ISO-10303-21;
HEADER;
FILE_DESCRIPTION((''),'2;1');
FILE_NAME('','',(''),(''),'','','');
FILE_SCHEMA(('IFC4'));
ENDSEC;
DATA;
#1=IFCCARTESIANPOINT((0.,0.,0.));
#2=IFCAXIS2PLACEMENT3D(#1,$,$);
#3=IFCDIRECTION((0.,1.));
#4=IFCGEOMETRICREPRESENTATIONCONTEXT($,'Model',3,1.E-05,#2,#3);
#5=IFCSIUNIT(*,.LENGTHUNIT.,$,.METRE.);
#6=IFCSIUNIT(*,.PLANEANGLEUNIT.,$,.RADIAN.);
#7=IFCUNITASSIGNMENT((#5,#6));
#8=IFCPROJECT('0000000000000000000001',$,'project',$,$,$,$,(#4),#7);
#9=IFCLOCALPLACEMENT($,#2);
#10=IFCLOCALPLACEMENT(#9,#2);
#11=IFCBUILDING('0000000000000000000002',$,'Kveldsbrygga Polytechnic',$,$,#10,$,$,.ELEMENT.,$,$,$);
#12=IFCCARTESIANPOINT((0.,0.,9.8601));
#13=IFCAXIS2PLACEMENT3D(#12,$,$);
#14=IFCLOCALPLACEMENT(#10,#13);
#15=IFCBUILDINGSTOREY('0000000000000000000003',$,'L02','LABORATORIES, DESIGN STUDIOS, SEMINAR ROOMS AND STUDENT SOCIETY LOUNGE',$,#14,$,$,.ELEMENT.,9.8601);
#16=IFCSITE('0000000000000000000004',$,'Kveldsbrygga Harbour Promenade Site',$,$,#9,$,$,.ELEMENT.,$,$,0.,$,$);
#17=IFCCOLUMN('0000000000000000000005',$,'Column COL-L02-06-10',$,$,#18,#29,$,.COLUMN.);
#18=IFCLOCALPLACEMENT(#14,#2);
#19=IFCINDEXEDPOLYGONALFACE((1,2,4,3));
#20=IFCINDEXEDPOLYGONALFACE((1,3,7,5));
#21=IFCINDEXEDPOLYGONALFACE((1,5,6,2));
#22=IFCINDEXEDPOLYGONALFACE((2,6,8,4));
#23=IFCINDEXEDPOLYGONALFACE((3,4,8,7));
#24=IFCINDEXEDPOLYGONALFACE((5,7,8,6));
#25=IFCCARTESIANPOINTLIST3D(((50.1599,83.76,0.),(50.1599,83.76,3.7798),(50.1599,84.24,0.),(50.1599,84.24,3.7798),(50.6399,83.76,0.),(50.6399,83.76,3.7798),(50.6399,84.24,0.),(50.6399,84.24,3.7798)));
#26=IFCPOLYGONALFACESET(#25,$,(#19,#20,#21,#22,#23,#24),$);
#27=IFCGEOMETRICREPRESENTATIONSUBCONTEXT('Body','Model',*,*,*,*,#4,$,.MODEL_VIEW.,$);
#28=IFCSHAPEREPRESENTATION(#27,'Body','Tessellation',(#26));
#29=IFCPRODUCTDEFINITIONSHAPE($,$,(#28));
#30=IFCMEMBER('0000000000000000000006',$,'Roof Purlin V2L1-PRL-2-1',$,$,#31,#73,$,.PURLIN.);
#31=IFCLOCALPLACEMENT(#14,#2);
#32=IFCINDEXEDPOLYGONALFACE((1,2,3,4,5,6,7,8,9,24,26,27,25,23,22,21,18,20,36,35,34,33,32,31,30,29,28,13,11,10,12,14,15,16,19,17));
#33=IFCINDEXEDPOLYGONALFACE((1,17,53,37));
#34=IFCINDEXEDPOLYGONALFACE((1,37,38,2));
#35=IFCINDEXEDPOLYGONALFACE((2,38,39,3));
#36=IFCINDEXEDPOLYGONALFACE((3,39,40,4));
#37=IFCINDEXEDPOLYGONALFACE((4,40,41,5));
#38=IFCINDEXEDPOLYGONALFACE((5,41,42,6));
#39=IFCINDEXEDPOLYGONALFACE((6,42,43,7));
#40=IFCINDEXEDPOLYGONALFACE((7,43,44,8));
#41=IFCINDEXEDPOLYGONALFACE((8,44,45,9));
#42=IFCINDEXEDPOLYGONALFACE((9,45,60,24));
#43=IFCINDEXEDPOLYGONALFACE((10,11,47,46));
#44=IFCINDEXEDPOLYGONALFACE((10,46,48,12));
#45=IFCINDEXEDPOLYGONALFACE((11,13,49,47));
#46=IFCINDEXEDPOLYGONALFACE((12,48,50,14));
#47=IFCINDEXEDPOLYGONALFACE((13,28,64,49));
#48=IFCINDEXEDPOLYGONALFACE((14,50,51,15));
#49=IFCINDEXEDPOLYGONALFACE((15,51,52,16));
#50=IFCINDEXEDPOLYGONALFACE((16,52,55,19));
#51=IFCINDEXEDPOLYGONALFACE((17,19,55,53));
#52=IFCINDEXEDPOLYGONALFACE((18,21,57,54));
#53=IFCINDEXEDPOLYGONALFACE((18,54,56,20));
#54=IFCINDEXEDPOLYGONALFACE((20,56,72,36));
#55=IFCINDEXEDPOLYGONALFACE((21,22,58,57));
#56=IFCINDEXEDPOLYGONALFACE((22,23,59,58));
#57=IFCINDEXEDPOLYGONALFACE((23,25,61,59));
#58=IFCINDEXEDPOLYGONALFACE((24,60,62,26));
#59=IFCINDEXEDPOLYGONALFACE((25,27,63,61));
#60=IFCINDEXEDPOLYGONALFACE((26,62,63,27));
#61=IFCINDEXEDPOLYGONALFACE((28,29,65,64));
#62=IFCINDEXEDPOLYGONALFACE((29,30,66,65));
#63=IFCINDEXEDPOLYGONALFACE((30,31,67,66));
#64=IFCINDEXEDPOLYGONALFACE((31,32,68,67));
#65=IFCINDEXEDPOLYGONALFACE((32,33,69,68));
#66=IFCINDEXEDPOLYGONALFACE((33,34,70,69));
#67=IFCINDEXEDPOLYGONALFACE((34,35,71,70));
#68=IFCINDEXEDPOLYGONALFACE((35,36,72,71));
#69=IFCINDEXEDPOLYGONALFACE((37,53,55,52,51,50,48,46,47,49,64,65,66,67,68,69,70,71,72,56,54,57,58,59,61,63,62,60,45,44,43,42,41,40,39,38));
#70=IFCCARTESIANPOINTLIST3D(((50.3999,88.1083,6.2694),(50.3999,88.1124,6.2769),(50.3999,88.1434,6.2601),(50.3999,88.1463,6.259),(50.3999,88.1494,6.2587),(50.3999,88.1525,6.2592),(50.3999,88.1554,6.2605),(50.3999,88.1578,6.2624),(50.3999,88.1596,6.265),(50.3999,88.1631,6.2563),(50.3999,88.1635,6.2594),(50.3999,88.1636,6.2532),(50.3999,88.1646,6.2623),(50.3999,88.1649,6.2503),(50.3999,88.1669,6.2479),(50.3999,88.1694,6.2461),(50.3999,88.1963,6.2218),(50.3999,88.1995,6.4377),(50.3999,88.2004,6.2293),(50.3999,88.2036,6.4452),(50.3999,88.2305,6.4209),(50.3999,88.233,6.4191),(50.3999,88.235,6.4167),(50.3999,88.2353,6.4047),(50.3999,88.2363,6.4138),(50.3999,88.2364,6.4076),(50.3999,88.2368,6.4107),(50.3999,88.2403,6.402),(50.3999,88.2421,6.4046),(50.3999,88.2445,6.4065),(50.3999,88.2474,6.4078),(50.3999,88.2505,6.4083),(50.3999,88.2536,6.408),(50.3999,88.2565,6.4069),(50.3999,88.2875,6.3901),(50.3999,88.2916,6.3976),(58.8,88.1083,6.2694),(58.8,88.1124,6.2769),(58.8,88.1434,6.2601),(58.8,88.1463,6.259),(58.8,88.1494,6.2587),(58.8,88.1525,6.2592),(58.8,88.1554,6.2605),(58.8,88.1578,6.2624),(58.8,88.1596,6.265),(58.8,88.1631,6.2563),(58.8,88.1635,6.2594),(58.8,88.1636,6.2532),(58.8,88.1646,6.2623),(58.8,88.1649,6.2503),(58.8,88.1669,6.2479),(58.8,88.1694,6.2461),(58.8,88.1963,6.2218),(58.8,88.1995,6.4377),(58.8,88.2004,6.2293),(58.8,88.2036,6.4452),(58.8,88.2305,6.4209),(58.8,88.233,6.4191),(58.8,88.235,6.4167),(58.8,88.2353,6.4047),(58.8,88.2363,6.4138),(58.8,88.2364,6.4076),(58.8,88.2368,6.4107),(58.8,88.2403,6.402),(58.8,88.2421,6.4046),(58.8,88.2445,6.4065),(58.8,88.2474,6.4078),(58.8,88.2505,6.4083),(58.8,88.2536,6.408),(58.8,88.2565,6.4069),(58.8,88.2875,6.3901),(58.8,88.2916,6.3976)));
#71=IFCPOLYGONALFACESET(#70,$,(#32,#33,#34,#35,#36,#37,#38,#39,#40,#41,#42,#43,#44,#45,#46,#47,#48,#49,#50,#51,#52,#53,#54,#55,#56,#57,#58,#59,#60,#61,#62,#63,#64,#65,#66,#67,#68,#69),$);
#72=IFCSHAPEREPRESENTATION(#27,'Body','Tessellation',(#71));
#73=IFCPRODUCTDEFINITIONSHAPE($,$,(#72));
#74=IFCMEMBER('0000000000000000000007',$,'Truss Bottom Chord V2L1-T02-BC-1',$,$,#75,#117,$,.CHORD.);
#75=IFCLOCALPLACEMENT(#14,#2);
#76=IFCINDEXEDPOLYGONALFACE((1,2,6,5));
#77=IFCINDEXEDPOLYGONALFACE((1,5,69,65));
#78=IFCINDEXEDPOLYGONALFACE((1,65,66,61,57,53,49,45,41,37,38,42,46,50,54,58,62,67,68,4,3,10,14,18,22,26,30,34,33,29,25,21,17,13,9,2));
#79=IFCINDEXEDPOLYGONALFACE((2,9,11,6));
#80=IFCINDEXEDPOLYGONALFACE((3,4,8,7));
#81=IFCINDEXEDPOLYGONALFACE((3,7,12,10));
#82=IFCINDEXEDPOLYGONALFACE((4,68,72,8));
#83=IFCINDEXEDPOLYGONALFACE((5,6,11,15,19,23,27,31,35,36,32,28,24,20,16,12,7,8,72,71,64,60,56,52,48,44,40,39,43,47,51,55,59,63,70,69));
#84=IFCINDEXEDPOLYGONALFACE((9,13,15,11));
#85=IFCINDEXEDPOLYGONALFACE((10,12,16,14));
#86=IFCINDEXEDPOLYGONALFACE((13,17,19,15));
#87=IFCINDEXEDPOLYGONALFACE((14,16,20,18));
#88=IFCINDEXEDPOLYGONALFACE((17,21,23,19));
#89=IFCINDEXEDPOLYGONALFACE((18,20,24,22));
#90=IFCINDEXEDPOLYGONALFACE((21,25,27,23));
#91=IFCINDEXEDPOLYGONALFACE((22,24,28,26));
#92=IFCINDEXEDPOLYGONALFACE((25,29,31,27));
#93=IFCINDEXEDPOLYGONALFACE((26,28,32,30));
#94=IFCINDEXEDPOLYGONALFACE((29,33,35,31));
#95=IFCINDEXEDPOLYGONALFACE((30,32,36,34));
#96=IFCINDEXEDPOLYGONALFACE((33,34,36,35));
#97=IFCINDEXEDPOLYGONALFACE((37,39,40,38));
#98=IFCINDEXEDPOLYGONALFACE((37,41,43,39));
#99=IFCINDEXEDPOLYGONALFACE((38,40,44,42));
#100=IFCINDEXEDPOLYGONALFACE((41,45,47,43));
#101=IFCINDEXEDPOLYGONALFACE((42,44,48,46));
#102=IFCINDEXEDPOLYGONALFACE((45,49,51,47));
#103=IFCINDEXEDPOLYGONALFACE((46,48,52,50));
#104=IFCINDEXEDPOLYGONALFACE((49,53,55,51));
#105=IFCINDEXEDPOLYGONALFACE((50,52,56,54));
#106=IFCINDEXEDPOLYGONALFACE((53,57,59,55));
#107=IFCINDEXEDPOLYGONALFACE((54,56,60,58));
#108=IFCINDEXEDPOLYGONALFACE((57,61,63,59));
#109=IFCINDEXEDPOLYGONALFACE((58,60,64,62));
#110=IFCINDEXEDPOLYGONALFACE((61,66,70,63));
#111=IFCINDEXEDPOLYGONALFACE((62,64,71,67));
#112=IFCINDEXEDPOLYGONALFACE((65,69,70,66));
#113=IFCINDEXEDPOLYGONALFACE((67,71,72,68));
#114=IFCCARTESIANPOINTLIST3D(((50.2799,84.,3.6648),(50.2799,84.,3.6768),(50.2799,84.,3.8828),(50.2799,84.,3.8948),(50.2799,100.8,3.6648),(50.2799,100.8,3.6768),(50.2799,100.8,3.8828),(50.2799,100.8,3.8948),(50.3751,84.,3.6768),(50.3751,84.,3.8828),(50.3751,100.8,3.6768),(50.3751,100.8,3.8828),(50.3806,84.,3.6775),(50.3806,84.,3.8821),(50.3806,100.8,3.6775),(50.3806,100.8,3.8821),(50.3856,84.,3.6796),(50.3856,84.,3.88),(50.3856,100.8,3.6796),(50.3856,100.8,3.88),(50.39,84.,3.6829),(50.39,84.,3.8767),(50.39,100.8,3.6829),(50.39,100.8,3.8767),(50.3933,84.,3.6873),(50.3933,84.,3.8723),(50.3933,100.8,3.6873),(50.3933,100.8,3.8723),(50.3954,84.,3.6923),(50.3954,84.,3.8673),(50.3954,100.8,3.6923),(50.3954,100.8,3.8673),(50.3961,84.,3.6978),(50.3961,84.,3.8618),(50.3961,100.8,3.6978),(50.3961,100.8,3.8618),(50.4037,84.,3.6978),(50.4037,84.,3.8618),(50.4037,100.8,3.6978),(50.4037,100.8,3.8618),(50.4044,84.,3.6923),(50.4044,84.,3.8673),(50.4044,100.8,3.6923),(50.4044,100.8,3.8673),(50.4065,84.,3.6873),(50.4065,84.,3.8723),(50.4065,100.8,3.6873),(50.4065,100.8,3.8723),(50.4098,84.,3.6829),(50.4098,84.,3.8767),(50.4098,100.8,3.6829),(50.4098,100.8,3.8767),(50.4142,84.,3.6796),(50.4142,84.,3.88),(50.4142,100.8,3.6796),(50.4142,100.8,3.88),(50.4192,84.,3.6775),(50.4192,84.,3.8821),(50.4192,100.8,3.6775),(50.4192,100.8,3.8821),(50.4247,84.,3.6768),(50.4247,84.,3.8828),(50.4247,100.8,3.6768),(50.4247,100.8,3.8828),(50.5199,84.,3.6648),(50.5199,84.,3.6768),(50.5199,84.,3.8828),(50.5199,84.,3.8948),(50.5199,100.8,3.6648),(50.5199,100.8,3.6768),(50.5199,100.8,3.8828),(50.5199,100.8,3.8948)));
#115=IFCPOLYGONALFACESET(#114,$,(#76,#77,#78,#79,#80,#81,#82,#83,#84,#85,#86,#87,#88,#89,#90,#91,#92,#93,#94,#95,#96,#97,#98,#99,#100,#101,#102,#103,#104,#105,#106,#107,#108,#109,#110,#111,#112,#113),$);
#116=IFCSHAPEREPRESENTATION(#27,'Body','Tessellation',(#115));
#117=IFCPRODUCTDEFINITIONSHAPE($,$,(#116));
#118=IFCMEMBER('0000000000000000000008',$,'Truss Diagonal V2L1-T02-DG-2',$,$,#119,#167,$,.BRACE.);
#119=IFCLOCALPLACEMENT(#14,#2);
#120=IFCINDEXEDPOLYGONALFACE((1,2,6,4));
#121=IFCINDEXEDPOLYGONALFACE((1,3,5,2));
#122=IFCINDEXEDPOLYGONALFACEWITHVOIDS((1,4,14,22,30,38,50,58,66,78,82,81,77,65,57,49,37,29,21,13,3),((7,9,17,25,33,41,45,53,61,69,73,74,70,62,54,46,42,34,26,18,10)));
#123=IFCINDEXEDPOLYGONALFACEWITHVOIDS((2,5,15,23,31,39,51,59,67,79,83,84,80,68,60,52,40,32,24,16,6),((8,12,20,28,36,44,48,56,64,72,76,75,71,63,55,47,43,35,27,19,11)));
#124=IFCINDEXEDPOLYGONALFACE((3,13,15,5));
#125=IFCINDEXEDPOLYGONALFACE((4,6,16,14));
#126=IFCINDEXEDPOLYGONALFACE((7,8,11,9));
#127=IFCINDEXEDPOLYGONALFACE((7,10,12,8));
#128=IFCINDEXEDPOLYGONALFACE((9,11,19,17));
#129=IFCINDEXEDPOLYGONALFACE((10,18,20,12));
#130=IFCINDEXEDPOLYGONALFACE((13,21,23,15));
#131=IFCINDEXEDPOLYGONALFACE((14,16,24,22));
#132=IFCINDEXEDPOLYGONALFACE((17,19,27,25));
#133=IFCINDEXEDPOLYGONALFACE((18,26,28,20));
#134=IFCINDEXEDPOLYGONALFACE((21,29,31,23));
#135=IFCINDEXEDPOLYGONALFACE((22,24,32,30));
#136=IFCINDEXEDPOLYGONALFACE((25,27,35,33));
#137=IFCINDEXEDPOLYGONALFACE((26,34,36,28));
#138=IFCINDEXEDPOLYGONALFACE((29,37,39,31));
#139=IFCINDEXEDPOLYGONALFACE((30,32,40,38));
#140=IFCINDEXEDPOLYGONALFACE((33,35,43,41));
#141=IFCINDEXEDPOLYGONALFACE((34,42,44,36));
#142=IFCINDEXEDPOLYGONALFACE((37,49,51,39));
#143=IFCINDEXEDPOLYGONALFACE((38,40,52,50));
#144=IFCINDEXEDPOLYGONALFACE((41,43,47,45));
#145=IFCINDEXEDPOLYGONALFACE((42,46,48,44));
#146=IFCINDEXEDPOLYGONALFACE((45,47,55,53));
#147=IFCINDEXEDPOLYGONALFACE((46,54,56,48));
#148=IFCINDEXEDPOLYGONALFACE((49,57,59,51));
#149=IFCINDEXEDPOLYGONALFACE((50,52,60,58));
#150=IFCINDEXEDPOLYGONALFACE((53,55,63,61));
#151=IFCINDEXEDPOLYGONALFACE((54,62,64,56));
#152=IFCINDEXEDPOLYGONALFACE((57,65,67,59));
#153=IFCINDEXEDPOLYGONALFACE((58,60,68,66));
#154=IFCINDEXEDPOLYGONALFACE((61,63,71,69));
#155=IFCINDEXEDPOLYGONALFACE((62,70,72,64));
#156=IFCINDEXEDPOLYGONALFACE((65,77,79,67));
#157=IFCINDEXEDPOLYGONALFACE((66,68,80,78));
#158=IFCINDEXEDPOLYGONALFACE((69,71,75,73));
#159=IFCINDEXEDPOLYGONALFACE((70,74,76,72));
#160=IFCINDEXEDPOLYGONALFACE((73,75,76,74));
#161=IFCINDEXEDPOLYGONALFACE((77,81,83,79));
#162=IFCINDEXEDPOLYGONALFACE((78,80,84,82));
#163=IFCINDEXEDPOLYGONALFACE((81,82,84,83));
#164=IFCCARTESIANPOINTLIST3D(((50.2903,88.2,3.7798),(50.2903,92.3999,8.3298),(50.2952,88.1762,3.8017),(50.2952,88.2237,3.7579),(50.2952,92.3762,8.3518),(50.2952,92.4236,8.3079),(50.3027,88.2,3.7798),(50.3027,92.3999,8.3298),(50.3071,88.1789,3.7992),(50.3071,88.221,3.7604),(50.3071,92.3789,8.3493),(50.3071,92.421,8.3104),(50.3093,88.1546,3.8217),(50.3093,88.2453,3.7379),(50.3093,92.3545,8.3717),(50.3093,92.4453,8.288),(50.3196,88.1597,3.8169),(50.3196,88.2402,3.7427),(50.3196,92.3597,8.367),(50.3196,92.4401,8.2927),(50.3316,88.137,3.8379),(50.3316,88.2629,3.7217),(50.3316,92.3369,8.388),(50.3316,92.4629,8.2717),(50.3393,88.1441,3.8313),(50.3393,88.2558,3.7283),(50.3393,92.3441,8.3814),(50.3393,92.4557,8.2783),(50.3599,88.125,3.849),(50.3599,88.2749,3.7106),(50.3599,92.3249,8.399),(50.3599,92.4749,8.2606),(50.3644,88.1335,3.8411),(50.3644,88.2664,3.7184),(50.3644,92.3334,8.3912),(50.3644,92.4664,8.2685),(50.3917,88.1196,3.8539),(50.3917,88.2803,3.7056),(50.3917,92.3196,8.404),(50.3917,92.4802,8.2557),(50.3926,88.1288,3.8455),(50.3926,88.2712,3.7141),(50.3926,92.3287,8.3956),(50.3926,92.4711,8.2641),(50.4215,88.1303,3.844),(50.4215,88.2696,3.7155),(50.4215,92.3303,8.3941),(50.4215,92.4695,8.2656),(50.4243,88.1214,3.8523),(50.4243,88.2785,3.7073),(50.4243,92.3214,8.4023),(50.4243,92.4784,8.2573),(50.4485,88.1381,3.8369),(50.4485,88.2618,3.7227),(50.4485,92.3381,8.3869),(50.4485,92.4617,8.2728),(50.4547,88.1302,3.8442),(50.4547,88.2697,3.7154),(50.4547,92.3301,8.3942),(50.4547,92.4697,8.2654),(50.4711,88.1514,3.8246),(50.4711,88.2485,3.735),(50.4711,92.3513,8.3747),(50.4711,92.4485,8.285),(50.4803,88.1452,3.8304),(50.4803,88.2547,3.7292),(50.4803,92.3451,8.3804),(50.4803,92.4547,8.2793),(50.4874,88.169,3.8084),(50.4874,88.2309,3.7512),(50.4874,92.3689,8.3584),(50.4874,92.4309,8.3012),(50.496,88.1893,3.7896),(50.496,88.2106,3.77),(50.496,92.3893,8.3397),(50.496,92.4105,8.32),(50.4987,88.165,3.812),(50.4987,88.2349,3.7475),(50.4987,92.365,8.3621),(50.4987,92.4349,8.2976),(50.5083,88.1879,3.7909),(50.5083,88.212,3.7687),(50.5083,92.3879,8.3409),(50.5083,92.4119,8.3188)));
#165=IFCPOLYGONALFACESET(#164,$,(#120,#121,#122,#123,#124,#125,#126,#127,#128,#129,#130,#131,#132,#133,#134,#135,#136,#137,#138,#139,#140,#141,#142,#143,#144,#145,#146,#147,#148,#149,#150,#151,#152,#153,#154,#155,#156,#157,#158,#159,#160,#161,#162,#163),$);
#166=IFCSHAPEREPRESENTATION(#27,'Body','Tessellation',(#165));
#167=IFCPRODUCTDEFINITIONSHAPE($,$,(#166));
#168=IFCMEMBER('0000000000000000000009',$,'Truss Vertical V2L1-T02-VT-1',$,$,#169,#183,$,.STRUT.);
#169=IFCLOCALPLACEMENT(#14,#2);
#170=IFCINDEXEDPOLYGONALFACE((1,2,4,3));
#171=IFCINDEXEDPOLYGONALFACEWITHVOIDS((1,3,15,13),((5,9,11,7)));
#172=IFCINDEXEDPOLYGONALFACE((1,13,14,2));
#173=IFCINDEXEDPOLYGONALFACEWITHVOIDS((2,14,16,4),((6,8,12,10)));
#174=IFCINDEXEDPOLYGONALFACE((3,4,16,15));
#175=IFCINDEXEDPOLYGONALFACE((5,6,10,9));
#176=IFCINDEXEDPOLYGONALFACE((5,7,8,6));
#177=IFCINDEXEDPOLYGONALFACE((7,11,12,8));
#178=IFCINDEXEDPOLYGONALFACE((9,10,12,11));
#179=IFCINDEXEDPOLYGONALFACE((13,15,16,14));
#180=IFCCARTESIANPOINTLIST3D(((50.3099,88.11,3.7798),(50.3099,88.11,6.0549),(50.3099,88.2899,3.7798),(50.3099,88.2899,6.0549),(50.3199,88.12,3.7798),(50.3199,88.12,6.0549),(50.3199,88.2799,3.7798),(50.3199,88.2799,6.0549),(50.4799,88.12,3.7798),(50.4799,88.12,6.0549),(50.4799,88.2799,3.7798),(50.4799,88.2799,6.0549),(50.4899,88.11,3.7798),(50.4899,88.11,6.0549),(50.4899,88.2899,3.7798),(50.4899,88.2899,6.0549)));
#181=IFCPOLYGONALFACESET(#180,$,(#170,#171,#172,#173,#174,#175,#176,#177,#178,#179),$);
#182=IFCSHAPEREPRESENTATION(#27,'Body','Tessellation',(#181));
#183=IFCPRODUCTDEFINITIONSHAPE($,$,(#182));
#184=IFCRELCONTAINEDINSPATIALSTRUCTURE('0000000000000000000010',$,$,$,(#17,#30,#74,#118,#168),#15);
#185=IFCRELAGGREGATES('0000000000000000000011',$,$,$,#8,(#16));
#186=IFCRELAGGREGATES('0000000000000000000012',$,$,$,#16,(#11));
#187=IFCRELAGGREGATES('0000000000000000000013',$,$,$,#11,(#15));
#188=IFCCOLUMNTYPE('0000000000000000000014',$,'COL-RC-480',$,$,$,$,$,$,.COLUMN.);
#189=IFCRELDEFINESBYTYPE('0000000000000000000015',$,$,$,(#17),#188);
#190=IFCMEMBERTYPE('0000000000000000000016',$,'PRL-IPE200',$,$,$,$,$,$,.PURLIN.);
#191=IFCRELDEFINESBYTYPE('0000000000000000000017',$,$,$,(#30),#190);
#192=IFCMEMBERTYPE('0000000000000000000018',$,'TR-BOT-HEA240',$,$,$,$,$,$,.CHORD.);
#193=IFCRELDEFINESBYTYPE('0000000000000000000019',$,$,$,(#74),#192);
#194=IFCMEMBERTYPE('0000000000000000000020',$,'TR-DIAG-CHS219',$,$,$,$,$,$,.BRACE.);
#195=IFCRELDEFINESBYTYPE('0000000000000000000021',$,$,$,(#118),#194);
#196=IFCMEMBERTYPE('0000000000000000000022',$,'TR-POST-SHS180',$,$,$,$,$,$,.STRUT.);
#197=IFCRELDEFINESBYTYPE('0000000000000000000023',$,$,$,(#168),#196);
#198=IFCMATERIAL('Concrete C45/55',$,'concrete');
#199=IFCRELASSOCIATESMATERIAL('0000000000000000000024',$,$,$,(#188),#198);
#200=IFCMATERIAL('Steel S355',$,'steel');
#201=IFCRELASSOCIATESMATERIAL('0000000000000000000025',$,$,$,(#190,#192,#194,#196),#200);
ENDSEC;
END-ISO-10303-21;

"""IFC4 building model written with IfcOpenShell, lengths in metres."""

from ifc_helpers import new_model, si_unit, direction, frame, origin, origin_2d, place, context, subcontext, project, spatial, rectangle, hollow_rectangle, hollow_circle, i_section, extrude, material, material_profile, profile_set, type_object, element, save


model = new_model("IFC4")

# Units and contexts
model_context = context("Model", 3, precision=1e-05, world=origin(), true_north=direction((0.0, 1.0)))
body_context = subcontext(model_context, "Body", "Model", "MODEL_VIEW")
ifc_project = project(units=[si_unit("LENGTHUNIT", "METRE"), si_unit("PLANEANGLEUNIT", "RADIAN")], contexts=[model_context])

# Site, building, storey
site_placement = place(None, origin())
site = spatial("IfcSite", under=ifc_project, at=site_placement, Name="Kveldsbrygga Harbour Promenade Site", CompositionType="ELEMENT", RefElevation=0.0)
building_placement = place(site_placement, origin())
building = spatial("IfcBuilding", under=site, at=building_placement, Name="Kveldsbrygga Polytechnic", CompositionType="ELEMENT")
storey_placement = place(building_placement, frame((0.0, 0.0, 9.8601)))
storey = spatial("IfcBuildingStorey", under=building, at=storey_placement, Name="L02", Description="LABORATORIES, DESIGN STUDIOS, SEMINAR ROOMS AND STUDENT SOCIETY LOUNGE", CompositionType="ELEMENT", Elevation=9.8601)

# Column
ifc_material_1 = material(Name="Concrete C45/55", Category="concrete")
ifc_material_profile_1 = material_profile(ifc_material_1, rectangle(XDim=0.48, YDim=0.48, at=origin_2d()), Name="RC 480x480")
ifc_profile_set_1 = profile_set([ifc_material_profile_1], Name="Concrete C45/55")
column_type = type_object("IfcColumnType", Name="COL-RC-480", PredefinedType="COLUMN", material=ifc_profile_set_1)
column_placement = place(storey_placement, frame((50.3999, 84.0, 0.0), z_axis=(0.0, 0.0, 1.0), x_axis=(1.0, 0.0, 0.0)))
element("IfcColumn", 1, at=column_placement, inside=storey, type_object=column_type, Name="Column COL-L02-06-10", PredefinedType="COLUMN", context=body_context, shape_type="SweptSolid", body=[
    extrude(rectangle(XDim=0.48, YDim=0.48, at=origin_2d()), origin(), (0.0, 0.0, 1.0), 3.7798),
])

# Members
ifc_material_2 = material(Name="Steel S355", Category="steel")
ifc_material_profile_2 = material_profile(ifc_material_2, i_section(OverallWidth=0.1001, OverallDepth=0.2, WebThickness=0.0056, FlangeThickness=0.0085, FilletRadius=0.012, at=origin_2d()), Name="IPE 200")
ifc_profile_set_2 = profile_set([ifc_material_profile_2], Name="Steel S355")
member_type_1 = type_object("IfcMemberType", Name="PRL-IPE200", PredefinedType="PURLIN", material=ifc_profile_set_2)
member_1_placement = place(storey_placement, frame((50.3999, 88.2, 6.3335), z_axis=(1.0, 0.0, 0.0), x_axis=(0.0, 0.879292, -0.476283)))
element("IfcMember", 2, at=member_1_placement, inside=storey, type_object=member_type_1, Name="Roof Purlin V2L1-PRL-2-1", PredefinedType="PURLIN", context=body_context, shape_type="SweptSolid", body=[
    extrude(i_section(OverallWidth=0.1001, OverallDepth=0.2, WebThickness=0.0056, FlangeThickness=0.0085, FilletRadius=0.012, at=origin_2d()), origin(), (0.0, 0.0, 1.0), 8.4001),
])
ifc_material_profile_3 = material_profile(ifc_material_2, i_section(OverallWidth=0.24, OverallDepth=0.23, WebThickness=0.0076, FlangeThickness=0.012, FilletRadius=0.021, at=origin_2d()), Name="HEA 240")
ifc_profile_set_3 = profile_set([ifc_material_profile_3], Name="Steel S355")
member_type_2 = type_object("IfcMemberType", Name="TR-BOT-HEA240", PredefinedType="CHORD", material=ifc_profile_set_3)
member_2_placement = place(storey_placement, frame((50.3999, 84.0, 3.7798), z_axis=(0.0, 1.0, 0.0), x_axis=(-1.0, 0.0, 0.0)))
element("IfcMember", 3, at=member_2_placement, inside=storey, type_object=member_type_2, Name="Truss Bottom Chord V2L1-T02-BC-1", PredefinedType="CHORD", context=body_context, shape_type="SweptSolid", body=[
    extrude(i_section(OverallWidth=0.24, OverallDepth=0.23, WebThickness=0.0076, FlangeThickness=0.012, FilletRadius=0.021, at=origin_2d()), origin(), (0.0, 0.0, 1.0), 16.8),
])
ifc_material_profile_4 = material_profile(ifc_material_2, hollow_circle(Radius=0.1096, WallThickness=0.0125, at=origin_2d()), Name="CHS 219.1x12.5")
ifc_profile_set_4 = profile_set([ifc_material_profile_4], Name="Steel S355")
member_type_3 = type_object("IfcMemberType", Name="TR-DIAG-CHS219", PredefinedType="BRACE", material=ifc_profile_set_4)
member_3_placement = place(storey_placement, frame((50.3999, 88.2, 3.7798), z_axis=(0.0, 0.678272, 0.734811), x_axis=(-1.0, 0.0, 0.0)))
element("IfcMember", 4, at=member_3_placement, inside=storey, type_object=member_type_3, Name="Truss Diagonal V2L1-T02-DG-2", PredefinedType="BRACE", context=body_context, shape_type="SweptSolid", body=[
    extrude(hollow_circle(Radius=0.1096, WallThickness=0.0125, at=origin_2d()), origin(), (0.0, 0.0, 1.0), 6.1921),
])
ifc_material_profile_5 = material_profile(ifc_material_2, hollow_rectangle(XDim=0.1799, YDim=0.1799, WallThickness=0.01, at=origin_2d()), Name="SHS 180x180x10.0")
ifc_profile_set_5 = profile_set([ifc_material_profile_5], Name="Steel S355")
member_type_4 = type_object("IfcMemberType", Name="TR-POST-SHS180", PredefinedType="STRUT", material=ifc_profile_set_5)
member_4_placement = place(storey_placement, frame((50.3999, 88.2, 3.7798), z_axis=(0.0, 0.0, 1.0), x_axis=(1.0, 0.0, 0.0)))
element("IfcMember", 5, at=member_4_placement, inside=storey, type_object=member_type_4, Name="Truss Vertical V2L1-T02-VT-1", PredefinedType="STRUT", context=body_context, shape_type="SweptSolid", body=[
    extrude(hollow_rectangle(XDim=0.1799, YDim=0.1799, WallThickness=0.01, at=origin_2d()), origin(), (0.0, 0.0, 1.0), 2.2751),
])

save(model, "model.ifc")
